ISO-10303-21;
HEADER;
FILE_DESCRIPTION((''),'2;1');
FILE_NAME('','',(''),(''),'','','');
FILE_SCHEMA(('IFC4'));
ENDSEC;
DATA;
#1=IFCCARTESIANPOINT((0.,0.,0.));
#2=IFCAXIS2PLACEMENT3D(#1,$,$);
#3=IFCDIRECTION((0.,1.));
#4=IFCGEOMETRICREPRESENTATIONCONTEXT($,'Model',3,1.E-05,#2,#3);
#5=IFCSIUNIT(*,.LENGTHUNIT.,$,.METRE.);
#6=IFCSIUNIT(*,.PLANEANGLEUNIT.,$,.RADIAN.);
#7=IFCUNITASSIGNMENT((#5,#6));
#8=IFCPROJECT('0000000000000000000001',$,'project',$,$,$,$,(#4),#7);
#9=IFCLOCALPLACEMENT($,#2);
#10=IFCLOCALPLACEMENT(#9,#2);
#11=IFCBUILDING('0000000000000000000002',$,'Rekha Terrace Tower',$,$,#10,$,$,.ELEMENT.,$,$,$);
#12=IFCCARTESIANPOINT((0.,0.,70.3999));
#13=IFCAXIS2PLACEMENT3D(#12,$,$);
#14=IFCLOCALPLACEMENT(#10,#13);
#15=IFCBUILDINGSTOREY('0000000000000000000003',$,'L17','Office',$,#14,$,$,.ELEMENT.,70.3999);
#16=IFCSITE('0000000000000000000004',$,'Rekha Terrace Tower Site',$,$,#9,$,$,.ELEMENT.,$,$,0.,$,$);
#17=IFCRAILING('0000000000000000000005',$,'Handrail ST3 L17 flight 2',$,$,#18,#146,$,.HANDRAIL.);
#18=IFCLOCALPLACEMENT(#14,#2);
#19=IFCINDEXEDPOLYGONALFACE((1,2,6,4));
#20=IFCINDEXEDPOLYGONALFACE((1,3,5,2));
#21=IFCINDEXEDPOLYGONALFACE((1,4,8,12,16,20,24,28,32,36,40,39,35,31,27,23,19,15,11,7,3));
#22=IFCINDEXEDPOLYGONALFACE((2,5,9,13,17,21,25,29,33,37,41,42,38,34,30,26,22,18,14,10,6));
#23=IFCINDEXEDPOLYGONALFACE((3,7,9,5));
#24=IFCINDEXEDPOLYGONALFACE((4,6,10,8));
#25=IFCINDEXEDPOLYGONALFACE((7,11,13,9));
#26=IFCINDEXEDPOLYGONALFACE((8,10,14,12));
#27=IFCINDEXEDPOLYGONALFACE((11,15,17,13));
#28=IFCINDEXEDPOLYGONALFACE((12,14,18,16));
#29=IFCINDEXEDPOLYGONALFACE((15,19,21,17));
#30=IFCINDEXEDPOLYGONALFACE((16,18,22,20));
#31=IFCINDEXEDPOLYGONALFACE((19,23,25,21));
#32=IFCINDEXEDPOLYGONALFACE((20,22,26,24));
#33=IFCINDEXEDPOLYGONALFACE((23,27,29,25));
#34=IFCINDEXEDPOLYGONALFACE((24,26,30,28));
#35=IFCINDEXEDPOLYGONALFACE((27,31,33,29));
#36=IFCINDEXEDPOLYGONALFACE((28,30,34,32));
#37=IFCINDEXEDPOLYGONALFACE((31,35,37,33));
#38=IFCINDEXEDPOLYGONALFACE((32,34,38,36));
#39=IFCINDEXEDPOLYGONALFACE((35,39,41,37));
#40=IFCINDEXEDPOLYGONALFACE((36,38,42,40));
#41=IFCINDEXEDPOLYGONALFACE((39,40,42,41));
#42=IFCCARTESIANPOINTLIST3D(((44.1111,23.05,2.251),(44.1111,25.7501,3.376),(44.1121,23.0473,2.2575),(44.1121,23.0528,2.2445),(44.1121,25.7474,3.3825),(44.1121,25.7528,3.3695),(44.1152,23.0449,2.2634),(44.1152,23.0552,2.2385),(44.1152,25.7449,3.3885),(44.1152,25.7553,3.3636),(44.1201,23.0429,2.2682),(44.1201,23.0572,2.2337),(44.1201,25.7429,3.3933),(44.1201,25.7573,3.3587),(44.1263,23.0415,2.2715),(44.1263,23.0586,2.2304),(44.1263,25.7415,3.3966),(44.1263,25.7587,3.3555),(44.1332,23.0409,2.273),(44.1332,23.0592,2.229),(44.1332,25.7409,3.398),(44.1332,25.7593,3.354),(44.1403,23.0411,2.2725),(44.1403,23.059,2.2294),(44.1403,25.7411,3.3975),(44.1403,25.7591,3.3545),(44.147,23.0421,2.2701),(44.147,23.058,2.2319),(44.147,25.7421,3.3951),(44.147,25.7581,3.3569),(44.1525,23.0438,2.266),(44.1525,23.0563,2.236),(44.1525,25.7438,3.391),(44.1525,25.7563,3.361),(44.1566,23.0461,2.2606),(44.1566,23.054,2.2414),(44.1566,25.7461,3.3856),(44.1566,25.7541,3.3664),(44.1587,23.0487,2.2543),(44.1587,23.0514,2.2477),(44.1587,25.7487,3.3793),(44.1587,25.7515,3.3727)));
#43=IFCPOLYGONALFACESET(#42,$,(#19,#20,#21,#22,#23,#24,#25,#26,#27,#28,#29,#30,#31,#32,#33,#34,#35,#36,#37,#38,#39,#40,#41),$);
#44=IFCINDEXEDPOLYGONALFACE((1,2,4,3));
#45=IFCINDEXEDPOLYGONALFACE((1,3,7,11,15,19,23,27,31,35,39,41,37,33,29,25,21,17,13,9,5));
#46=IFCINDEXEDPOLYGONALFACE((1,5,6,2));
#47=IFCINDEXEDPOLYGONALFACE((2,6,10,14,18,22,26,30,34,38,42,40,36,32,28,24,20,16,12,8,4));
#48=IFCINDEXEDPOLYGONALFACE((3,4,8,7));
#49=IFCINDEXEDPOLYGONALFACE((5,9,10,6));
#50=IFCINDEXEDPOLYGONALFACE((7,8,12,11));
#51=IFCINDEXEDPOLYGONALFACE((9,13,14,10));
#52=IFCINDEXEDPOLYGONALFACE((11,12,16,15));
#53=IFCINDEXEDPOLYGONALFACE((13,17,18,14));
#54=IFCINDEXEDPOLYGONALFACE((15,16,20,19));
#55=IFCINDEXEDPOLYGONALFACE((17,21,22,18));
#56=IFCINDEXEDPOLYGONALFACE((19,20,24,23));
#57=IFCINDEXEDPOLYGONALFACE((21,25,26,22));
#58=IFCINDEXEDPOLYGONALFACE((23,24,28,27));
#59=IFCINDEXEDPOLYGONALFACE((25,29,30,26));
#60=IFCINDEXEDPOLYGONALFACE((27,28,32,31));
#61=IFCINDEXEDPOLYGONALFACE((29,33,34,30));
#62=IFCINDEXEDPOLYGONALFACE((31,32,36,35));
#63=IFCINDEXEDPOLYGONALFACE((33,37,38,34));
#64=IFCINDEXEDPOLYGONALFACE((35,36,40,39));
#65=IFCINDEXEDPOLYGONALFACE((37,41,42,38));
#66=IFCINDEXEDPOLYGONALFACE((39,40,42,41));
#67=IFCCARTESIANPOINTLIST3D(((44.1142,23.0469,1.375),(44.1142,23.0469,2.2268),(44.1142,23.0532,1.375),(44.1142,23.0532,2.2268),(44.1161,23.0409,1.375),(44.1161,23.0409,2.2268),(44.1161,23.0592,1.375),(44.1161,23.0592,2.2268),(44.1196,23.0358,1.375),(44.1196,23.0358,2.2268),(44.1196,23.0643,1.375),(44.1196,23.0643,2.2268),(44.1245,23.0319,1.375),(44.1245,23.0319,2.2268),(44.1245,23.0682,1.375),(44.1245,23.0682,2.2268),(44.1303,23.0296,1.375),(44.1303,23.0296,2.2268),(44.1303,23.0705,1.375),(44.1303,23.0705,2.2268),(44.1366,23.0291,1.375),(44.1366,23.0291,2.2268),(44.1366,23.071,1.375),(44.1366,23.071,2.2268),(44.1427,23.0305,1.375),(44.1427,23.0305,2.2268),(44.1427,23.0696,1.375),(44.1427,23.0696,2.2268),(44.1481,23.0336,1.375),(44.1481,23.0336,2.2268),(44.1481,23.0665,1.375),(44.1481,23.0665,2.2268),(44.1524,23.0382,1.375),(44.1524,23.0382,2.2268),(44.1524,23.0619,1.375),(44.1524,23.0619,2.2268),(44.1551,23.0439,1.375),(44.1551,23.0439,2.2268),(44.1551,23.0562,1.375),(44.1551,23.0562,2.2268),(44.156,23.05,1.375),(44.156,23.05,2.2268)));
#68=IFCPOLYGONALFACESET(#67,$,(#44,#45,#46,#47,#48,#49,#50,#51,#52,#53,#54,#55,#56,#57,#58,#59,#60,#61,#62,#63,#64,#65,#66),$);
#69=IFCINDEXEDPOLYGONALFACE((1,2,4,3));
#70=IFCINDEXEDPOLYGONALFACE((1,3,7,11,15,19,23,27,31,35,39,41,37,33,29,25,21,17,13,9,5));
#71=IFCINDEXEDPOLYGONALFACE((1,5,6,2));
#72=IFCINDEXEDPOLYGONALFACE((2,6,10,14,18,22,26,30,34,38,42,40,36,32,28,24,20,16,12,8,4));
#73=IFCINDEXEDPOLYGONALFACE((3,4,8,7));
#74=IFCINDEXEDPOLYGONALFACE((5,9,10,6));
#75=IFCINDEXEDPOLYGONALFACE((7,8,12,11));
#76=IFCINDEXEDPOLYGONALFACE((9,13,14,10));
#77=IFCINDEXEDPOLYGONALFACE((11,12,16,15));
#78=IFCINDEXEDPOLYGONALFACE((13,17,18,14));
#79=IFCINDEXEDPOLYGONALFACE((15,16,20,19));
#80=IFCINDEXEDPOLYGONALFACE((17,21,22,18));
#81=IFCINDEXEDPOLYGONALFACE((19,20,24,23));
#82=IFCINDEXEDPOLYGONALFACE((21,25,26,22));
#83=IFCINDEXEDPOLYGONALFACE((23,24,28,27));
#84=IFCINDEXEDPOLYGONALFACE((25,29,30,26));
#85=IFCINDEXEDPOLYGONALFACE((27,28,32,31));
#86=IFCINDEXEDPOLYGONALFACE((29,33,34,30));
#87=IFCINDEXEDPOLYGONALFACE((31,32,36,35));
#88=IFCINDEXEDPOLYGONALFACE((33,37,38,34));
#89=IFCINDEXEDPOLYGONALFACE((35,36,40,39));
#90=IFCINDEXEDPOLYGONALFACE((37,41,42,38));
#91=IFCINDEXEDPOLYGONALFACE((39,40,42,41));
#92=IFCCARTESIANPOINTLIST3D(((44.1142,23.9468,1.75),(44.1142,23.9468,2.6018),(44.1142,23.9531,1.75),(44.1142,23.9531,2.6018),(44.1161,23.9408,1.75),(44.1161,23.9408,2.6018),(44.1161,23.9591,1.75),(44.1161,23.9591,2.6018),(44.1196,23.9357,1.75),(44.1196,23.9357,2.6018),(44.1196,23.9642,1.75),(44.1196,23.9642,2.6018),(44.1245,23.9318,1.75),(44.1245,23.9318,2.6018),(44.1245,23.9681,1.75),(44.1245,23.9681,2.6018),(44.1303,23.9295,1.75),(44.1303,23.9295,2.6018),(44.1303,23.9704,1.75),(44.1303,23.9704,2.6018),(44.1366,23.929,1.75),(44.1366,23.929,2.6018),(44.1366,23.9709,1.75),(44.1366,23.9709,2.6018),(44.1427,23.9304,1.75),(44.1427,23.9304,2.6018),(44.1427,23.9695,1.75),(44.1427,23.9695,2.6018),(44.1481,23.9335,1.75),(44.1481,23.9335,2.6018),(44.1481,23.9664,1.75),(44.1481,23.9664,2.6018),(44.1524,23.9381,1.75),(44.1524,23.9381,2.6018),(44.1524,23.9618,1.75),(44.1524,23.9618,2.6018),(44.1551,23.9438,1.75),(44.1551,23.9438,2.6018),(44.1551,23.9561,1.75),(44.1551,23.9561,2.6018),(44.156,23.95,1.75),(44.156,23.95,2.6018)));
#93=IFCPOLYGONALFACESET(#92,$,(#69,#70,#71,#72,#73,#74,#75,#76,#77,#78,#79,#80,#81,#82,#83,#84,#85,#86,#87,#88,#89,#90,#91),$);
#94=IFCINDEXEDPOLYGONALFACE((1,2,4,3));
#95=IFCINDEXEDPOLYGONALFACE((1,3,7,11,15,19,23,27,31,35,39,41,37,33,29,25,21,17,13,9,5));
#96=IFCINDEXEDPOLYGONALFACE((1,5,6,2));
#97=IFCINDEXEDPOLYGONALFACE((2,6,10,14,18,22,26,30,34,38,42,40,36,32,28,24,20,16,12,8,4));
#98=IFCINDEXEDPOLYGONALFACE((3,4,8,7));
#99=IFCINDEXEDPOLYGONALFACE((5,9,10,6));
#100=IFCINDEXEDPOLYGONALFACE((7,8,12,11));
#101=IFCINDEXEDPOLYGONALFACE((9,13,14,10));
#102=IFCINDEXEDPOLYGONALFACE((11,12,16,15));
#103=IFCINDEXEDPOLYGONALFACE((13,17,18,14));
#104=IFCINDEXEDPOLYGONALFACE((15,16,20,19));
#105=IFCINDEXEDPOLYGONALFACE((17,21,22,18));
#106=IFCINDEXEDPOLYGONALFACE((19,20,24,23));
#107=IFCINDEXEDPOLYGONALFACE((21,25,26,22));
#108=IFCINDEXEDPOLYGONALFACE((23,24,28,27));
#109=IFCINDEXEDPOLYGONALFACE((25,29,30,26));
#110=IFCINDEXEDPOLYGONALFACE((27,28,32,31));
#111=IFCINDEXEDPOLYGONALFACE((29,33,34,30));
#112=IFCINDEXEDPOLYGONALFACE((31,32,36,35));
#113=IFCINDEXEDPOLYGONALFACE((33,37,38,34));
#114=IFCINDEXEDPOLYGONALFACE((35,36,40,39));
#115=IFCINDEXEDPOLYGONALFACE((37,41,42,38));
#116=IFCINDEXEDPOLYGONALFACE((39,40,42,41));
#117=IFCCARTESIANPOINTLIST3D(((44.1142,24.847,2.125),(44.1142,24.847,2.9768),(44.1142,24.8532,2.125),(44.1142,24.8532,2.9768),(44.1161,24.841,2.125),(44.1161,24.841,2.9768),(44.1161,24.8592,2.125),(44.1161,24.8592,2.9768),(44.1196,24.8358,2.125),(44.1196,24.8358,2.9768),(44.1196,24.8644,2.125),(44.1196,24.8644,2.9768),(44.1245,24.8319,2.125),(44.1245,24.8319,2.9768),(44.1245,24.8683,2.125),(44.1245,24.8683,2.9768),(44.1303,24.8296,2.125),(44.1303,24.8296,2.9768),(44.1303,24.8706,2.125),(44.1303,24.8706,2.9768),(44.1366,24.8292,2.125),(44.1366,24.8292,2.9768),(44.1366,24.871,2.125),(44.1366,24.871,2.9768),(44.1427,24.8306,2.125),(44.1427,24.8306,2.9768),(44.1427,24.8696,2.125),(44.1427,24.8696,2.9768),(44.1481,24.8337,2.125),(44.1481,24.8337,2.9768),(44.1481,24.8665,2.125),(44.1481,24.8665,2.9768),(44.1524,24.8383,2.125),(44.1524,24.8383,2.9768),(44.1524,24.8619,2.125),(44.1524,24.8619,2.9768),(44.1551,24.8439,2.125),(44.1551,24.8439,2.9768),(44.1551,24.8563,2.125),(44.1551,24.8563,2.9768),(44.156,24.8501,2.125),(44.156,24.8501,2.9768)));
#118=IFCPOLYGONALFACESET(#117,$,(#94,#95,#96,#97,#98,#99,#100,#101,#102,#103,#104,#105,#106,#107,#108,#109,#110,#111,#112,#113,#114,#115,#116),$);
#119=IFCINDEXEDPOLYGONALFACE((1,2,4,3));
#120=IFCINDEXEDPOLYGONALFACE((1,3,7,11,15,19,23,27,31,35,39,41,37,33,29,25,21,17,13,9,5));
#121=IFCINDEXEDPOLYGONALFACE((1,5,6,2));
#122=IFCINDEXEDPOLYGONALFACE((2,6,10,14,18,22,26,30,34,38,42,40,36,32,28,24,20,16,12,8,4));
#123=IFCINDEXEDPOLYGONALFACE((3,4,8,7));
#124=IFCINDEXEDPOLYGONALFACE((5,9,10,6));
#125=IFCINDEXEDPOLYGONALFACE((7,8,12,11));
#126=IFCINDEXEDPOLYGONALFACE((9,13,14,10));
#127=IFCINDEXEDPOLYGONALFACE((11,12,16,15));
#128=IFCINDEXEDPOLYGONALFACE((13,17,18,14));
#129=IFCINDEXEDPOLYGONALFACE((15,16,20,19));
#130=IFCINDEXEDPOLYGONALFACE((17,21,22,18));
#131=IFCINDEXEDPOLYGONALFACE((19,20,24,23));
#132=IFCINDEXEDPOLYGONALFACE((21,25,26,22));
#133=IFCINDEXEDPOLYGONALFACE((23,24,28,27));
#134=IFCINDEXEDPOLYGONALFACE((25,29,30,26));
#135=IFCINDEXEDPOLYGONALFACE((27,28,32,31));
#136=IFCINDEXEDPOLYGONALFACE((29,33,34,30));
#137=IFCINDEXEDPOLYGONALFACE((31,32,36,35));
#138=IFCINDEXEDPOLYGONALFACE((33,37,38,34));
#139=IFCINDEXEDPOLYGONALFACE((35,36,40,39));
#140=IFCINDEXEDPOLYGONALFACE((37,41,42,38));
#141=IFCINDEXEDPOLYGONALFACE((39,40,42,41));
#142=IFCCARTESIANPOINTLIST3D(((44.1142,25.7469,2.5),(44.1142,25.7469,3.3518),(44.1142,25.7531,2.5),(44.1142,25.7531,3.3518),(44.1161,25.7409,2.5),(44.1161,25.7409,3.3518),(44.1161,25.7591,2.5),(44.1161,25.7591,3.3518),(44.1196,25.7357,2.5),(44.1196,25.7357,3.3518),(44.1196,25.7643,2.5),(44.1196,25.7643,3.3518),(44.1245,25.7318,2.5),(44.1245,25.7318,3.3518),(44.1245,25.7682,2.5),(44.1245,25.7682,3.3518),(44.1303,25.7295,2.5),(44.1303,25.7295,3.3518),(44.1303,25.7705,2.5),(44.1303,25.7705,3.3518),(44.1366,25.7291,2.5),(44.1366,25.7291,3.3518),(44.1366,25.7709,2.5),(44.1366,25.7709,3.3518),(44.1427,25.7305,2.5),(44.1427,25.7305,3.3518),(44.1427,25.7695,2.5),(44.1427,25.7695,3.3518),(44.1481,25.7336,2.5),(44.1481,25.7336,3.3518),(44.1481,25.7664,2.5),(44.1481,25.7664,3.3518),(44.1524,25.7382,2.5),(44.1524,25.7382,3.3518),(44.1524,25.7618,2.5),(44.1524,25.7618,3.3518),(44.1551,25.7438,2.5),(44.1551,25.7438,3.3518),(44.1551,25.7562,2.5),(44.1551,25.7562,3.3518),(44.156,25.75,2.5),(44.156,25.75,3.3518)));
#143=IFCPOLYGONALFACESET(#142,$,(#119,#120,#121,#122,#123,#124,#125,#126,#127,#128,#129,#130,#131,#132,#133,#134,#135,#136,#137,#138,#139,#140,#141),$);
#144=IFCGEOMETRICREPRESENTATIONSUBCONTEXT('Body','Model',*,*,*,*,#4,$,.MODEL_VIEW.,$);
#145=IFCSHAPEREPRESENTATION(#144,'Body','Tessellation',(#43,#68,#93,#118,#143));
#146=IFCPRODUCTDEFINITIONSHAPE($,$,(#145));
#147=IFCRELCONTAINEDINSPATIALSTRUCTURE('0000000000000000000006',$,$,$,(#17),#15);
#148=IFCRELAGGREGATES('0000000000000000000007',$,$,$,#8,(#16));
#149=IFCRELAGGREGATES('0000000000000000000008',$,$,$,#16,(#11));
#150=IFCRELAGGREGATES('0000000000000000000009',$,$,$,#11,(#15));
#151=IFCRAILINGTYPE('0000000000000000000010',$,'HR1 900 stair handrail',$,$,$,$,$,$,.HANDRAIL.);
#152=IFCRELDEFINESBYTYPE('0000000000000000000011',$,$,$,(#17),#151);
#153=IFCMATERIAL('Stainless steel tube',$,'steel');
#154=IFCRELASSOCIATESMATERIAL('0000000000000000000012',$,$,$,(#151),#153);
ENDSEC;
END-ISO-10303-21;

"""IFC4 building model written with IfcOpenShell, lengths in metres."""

from ifc_helpers import new_model, si_unit, direction, frame, origin, origin_2d, place, context, subcontext, project, spatial, circle, extrude, material, type_object, element, save


model = new_model("IFC4")

# Units and contexts
model_context = context("Model", 3, precision=1e-05, world=origin(), true_north=direction((0.0, 1.0)))
body_context = subcontext(model_context, "Body", "Model", "MODEL_VIEW")
ifc_project = project(units=[si_unit("LENGTHUNIT", "METRE"), si_unit("PLANEANGLEUNIT", "RADIAN")], contexts=[model_context])

# Site, building, storey
site_placement = place(None, origin())
site = spatial("IfcSite", under=ifc_project, at=site_placement, Name="Rekha Terrace Tower Site", CompositionType="ELEMENT", RefElevation=0.0)
building_placement = place(site_placement, origin())
building = spatial("IfcBuilding", under=site, at=building_placement, Name="Rekha Terrace Tower", CompositionType="ELEMENT")
storey_placement = place(building_placement, frame((0.0, 0.0, 70.3999)))
storey = spatial("IfcBuildingStorey", under=building, at=storey_placement, Name="L17", Description="Office", CompositionType="ELEMENT", Elevation=70.3999)

# Railing
ifc_material_1 = material(Name="Stainless steel tube", Category="steel")
railing_type = type_object("IfcRailingType", Name="HR1 900 stair handrail", PredefinedType="HANDRAIL", material=ifc_material_1)
railing_1_placement = place(storey_placement, frame((44.135, 23.05, 1.375)))
element("IfcRailing", 1, at=railing_1_placement, inside=storey, type_object=railing_type, Name="Handrail ST3 L17 flight 2", PredefinedType="HANDRAIL", context=body_context, shape_type="SweptSolid", body=[
    extrude(circle(Radius=0.0239, at=origin_2d()), frame((0.0, 0.0, 0.876), z_axis=(0.0, 0.923074, 0.384621), x_axis=(-1.0, 0.0, 0.0)), (0.0, 0.0, 1.0), 2.925),
    extrude(circle(Radius=0.021, at=origin_2d()), origin(), (0.0, 0.0, 1.0), 0.8518),
    extrude(circle(Radius=0.021, at=origin_2d()), frame((0.0, 0.8999, 0.375)), (0.0, 0.0, 1.0), 0.8518),
    extrude(circle(Radius=0.021, at=origin_2d()), frame((0.0, 1.8, 0.75)), (0.0, 0.0, 1.0), 0.8518),
    extrude(circle(Radius=0.021, at=origin_2d()), frame((0.0, 2.7, 1.125)), (0.0, 0.0, 1.0), 0.8518),
])

save(model, "model.ifc")
